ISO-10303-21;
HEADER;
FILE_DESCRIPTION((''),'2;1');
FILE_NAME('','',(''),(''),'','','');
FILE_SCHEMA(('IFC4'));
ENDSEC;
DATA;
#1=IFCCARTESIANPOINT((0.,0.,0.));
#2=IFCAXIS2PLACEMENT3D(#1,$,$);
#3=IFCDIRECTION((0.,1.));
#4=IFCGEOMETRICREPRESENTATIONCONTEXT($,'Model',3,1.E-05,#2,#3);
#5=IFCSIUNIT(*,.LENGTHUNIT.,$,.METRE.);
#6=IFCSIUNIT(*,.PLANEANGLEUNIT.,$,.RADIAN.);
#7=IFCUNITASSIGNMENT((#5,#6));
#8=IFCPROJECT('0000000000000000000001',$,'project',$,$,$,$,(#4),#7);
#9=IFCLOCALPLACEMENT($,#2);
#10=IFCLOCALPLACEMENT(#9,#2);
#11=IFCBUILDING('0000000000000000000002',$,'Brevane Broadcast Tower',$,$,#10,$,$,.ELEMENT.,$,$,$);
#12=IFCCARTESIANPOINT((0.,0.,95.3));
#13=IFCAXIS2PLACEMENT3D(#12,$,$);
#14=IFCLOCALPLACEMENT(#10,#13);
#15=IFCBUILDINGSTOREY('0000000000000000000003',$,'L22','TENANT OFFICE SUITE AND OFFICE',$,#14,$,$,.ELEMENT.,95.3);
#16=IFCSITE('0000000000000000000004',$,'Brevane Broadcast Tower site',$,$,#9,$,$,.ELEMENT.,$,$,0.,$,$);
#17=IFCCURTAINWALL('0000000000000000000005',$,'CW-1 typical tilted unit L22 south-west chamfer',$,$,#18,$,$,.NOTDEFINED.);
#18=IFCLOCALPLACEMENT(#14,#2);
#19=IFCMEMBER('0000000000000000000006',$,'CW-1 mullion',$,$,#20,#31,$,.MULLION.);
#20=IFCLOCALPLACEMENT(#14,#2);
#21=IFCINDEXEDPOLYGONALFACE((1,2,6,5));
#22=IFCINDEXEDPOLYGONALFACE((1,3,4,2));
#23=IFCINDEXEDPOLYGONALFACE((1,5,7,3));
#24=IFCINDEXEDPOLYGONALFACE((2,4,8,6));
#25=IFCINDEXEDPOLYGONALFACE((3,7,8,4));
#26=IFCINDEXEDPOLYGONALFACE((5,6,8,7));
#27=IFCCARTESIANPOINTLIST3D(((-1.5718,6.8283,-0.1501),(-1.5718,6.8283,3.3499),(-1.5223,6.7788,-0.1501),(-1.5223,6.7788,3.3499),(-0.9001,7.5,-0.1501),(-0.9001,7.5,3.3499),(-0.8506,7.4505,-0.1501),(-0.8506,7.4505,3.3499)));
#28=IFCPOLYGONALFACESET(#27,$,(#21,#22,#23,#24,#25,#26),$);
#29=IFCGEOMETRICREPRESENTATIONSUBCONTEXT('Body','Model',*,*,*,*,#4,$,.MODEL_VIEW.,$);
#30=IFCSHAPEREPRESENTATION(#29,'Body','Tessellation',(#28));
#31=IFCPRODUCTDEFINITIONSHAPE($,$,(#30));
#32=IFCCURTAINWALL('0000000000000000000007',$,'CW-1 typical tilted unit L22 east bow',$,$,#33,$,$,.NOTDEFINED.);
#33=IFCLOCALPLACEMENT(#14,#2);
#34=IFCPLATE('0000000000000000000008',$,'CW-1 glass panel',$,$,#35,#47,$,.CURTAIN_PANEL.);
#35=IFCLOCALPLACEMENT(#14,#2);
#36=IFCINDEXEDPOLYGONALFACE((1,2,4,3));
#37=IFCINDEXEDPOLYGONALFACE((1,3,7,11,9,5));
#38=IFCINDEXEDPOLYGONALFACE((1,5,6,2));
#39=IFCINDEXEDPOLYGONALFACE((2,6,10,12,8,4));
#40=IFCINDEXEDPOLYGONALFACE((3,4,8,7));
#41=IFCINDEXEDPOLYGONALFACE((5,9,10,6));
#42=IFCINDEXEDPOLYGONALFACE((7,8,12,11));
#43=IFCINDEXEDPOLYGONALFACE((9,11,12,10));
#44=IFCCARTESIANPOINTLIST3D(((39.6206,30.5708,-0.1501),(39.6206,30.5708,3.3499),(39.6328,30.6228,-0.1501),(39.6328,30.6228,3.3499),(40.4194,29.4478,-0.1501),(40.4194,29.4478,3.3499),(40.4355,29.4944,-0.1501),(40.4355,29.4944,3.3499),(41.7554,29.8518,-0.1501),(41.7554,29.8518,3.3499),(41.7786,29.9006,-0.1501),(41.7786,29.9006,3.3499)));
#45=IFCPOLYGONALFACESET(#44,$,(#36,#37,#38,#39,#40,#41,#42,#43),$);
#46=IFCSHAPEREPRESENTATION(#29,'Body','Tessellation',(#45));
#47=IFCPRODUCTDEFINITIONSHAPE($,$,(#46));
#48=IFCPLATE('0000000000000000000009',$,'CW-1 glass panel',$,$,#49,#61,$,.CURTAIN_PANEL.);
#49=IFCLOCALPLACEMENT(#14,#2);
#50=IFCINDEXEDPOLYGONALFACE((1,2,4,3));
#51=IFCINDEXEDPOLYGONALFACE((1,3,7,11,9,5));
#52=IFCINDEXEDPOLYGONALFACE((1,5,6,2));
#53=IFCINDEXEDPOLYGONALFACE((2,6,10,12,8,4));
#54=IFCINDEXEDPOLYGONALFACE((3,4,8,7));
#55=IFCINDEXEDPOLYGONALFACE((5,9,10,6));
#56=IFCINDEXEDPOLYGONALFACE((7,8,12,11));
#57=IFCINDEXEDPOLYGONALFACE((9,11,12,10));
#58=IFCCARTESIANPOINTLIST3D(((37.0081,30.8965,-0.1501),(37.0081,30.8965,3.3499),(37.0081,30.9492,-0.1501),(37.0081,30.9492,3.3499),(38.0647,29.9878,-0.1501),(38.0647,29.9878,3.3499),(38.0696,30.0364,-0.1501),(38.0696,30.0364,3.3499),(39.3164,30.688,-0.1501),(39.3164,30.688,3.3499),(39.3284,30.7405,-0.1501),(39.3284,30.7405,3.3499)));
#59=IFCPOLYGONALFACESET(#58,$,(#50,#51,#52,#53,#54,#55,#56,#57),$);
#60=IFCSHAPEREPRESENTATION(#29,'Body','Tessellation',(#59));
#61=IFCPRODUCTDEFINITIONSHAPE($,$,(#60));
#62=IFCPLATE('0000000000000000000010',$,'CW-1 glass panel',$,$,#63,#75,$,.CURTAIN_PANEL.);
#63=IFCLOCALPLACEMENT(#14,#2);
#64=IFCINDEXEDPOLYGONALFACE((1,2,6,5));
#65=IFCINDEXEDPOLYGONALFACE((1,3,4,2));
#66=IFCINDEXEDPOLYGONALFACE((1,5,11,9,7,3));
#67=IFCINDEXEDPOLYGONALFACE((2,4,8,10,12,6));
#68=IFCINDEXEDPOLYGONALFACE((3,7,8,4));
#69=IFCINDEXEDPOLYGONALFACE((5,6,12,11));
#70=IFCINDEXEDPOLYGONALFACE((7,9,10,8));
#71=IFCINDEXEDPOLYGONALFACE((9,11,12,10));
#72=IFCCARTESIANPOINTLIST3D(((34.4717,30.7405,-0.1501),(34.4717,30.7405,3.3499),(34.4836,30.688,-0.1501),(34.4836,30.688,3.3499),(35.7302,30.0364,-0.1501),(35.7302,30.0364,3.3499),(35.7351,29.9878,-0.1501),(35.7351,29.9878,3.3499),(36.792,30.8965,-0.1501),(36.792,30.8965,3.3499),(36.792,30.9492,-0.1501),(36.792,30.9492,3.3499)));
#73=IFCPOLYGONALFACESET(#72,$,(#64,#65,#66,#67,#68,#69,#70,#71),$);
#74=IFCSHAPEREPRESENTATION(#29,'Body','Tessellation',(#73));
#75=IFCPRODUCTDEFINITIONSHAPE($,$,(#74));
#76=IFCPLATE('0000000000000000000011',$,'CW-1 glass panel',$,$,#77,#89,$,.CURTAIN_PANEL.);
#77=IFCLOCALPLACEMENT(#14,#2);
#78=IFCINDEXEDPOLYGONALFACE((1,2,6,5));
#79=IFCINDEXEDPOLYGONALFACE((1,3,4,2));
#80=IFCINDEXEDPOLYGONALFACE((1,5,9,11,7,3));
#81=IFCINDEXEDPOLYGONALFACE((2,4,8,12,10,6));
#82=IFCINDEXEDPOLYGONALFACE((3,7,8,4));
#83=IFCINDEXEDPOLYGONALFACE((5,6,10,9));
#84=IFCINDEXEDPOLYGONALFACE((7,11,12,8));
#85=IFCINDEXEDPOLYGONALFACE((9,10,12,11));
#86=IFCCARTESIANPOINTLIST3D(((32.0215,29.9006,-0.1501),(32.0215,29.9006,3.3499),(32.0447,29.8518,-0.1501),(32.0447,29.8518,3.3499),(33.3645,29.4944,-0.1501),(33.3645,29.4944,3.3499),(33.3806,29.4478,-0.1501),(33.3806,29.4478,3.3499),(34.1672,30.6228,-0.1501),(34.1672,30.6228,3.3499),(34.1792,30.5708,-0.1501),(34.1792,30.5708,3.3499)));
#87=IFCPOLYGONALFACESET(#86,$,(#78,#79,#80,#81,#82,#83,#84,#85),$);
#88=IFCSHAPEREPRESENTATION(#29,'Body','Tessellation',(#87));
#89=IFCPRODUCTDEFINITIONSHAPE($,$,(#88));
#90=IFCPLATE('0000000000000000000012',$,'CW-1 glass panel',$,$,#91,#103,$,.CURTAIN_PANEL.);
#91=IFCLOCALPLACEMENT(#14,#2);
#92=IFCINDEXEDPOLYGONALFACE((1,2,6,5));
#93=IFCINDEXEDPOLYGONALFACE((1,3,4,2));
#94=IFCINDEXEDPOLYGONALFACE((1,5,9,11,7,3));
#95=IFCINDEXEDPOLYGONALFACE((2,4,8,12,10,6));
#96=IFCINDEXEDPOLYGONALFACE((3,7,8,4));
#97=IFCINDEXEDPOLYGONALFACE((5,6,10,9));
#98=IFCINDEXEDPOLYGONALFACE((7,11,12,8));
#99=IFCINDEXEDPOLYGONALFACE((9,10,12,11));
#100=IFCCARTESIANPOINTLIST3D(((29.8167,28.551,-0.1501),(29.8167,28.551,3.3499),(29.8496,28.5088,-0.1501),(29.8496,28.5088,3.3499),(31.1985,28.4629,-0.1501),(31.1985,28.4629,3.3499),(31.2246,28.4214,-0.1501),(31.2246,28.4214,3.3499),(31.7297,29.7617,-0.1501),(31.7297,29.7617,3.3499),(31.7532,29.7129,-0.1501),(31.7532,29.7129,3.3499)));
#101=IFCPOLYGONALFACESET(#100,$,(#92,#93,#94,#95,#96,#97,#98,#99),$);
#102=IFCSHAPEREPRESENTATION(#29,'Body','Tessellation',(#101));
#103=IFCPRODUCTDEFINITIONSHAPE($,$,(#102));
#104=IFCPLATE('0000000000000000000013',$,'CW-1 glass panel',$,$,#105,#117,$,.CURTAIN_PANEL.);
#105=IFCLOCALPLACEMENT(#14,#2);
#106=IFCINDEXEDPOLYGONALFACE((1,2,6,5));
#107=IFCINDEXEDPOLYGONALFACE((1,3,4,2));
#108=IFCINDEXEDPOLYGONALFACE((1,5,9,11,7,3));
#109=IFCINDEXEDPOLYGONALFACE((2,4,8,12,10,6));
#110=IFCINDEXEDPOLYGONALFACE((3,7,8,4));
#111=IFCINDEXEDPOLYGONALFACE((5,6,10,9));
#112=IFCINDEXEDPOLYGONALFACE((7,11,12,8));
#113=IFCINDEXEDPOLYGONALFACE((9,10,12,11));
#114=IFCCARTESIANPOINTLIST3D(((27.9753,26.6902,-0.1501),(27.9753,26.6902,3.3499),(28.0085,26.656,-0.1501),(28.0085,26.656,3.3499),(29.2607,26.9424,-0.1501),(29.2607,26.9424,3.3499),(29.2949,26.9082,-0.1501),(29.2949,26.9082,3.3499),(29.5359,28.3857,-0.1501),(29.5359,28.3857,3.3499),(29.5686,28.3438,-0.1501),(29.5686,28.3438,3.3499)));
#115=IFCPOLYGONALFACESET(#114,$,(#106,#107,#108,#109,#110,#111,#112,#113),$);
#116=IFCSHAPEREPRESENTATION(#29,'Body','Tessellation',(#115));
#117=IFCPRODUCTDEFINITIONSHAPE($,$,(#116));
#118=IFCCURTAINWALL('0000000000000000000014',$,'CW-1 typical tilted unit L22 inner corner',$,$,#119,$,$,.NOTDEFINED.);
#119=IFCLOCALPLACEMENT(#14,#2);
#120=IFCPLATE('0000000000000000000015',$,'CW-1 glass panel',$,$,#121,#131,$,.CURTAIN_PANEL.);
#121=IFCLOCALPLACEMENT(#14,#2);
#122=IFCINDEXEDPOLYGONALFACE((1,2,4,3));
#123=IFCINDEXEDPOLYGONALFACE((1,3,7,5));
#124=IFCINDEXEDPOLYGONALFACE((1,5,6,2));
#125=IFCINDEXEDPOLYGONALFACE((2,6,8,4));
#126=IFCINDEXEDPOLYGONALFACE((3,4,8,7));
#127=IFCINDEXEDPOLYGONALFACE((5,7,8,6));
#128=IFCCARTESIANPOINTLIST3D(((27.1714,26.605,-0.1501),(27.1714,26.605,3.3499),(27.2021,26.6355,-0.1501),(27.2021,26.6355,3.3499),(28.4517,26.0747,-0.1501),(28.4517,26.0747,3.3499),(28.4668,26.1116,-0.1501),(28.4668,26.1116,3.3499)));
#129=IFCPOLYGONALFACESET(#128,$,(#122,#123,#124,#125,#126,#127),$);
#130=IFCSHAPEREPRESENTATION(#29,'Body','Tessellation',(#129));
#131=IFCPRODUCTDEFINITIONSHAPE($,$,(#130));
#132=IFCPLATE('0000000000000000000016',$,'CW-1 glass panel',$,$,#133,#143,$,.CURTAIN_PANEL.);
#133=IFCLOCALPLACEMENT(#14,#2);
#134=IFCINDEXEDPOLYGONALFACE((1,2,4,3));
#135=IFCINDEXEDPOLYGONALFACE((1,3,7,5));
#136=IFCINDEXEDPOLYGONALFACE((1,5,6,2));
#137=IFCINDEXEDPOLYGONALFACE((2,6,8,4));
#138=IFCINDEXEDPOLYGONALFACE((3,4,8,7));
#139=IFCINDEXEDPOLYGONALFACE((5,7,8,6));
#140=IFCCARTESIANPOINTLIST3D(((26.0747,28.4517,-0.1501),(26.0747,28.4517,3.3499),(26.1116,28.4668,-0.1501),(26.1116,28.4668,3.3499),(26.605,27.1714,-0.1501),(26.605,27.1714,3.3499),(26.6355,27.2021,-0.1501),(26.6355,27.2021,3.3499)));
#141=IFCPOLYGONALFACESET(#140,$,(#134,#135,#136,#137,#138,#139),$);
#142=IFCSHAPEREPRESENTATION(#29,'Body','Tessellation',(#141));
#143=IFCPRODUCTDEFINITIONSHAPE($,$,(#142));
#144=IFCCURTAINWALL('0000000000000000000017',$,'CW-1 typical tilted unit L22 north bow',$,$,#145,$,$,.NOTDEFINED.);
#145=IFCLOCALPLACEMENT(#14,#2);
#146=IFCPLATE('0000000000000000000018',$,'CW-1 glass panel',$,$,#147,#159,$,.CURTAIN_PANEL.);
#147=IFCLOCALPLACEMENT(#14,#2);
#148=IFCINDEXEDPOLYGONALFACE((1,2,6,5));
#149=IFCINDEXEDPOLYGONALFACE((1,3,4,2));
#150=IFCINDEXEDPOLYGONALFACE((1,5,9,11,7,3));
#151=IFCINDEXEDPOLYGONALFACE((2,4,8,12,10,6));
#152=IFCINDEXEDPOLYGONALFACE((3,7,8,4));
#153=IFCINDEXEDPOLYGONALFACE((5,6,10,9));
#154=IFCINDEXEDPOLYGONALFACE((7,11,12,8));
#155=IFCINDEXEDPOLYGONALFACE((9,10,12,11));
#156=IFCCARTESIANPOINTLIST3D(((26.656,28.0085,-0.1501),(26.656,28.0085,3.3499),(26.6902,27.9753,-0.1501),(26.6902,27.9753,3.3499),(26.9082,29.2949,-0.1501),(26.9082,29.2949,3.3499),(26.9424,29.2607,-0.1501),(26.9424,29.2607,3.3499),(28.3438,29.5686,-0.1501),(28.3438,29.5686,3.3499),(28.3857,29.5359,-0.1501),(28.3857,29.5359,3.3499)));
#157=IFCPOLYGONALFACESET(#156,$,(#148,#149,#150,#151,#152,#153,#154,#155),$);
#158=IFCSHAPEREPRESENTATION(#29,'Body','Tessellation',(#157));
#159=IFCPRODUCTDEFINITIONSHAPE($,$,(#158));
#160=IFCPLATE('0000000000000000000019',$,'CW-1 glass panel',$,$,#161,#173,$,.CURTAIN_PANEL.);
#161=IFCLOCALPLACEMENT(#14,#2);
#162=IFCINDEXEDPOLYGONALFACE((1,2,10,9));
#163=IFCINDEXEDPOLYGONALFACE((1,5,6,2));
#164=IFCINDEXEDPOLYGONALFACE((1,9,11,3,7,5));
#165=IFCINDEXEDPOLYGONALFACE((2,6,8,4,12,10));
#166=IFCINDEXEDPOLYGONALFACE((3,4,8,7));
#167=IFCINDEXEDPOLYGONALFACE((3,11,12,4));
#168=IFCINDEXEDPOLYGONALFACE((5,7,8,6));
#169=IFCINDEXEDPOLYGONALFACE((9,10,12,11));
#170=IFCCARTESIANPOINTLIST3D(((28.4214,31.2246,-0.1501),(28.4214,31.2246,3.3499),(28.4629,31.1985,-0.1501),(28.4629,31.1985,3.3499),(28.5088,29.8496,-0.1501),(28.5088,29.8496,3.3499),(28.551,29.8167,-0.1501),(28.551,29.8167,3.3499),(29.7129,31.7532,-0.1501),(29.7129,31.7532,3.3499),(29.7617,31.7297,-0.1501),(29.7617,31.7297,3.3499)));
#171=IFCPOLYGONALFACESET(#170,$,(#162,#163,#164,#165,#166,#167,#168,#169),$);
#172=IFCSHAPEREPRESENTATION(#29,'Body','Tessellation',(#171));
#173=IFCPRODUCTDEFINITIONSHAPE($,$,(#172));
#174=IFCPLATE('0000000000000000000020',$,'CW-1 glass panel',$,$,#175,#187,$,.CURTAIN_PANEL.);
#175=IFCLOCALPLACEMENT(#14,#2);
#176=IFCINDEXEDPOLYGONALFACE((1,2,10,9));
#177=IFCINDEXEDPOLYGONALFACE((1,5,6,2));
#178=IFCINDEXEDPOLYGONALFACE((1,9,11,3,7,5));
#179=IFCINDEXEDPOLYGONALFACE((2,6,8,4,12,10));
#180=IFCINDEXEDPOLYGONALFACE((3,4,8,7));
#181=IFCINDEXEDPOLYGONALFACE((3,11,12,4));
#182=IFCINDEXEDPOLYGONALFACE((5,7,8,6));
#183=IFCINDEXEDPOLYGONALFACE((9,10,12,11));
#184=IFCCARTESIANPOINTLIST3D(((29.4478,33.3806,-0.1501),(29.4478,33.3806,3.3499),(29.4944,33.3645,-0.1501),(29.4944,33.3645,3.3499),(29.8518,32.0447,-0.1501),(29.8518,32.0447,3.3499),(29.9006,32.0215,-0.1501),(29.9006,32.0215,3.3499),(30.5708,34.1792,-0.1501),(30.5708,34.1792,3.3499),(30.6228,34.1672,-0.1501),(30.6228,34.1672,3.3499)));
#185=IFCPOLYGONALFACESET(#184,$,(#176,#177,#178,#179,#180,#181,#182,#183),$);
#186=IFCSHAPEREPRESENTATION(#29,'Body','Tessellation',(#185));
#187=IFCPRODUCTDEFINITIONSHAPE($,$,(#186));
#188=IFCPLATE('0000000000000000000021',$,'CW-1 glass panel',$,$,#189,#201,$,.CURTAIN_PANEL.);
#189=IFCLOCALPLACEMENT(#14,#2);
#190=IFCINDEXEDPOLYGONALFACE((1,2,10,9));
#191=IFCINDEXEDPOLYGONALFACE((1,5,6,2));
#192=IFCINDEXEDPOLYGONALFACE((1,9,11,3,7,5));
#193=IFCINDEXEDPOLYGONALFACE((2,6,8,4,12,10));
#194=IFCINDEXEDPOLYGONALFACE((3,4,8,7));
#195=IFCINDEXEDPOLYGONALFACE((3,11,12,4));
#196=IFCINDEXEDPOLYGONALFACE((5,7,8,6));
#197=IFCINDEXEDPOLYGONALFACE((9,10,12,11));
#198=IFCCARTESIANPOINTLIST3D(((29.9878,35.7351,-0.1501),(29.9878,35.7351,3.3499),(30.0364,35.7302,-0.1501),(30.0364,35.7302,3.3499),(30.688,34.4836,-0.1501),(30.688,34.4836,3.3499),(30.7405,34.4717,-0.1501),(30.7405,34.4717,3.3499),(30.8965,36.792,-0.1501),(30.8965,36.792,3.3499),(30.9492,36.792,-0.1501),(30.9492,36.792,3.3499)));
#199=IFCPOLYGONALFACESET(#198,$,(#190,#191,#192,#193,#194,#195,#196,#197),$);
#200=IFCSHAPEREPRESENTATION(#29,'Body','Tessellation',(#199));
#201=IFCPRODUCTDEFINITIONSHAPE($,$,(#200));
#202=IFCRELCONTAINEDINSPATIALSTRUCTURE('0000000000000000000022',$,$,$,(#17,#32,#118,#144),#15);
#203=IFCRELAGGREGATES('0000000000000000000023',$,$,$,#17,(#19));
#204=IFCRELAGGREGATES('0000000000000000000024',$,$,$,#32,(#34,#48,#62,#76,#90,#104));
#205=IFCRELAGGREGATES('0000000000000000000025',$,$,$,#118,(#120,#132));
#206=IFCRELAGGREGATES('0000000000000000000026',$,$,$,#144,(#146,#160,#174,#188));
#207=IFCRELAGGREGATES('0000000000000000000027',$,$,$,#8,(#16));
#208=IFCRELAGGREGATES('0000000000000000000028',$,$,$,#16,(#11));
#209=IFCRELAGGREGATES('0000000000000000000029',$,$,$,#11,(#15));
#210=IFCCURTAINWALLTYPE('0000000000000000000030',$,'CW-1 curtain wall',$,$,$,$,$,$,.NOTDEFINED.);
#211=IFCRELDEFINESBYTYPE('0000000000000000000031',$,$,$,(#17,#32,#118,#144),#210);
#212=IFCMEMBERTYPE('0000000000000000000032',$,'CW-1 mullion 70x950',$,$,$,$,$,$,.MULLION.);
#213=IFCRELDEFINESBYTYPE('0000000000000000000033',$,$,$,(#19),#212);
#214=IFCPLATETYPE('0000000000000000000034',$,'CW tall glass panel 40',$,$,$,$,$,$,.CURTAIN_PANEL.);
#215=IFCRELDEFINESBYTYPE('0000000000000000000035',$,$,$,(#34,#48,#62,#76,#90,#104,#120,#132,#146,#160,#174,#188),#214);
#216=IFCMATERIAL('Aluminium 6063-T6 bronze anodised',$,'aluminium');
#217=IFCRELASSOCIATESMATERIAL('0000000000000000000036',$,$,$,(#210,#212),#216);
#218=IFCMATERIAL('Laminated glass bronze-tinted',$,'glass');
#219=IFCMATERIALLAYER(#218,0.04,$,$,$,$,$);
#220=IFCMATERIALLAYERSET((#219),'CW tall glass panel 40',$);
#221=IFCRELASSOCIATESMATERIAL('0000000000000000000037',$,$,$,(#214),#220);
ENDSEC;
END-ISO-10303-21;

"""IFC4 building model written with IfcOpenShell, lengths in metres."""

from ifc_helpers import new_model, si_unit, direction, frame, origin, origin_2d, place, context, subcontext, project, spatial, polyline, rectangle, outline, extrude, material, layer, layer_set, material_profile, profile_set, type_object, element, aggregate, save


model = new_model("IFC4")

# Units and contexts
model_context = context("Model", 3, precision=1e-05, world=origin(), true_north=direction((0.0, 1.0)))
body_context = subcontext(model_context, "Body", "Model", "MODEL_VIEW")
ifc_project = project(units=[si_unit("LENGTHUNIT", "METRE"), si_unit("PLANEANGLEUNIT", "RADIAN")], contexts=[model_context])

# Site, building, storey
site_placement = place(None, origin())
site = spatial("IfcSite", under=ifc_project, at=site_placement, Name="Brevane Broadcast Tower site", CompositionType="ELEMENT", RefElevation=0.0)
building_placement = place(site_placement, origin())
building = spatial("IfcBuilding", under=site, at=building_placement, Name="Brevane Broadcast Tower", CompositionType="ELEMENT")
storey_placement = place(building_placement, frame((0.0, 0.0, 95.3)))
storey = spatial("IfcBuildingStorey", under=building, at=storey_placement, Name="L22", Description="TENANT OFFICE SUITE AND OFFICE", CompositionType="ELEMENT", Elevation=95.3)

# Curtain wall, member
ifc_material_1 = material(Name="Aluminium 6063-T6 bronze anodised", Category="aluminium")
curtain_wall_type = type_object("IfcCurtainWallType", Name="CW-1 curtain wall", PredefinedType="NOTDEFINED", material=ifc_material_1)
curtain_wall_1_placement = place(storey_placement, origin())
curtain_wall_1 = element("IfcCurtainWall", 1, at=curtain_wall_1_placement, inside=storey, type_object=curtain_wall_type, Name="CW-1 typical tilted unit L22 south-west chamfer", PredefinedType="NOTDEFINED")
ifc_material_profile = material_profile(ifc_material_1, rectangle(XDim=0.95, YDim=0.0701, at=origin_2d()), Name="RECT 70x950")
ifc_profile_set = profile_set([ifc_material_profile], Name="Aluminium 6063-T6 bronze anodised")
member_type = type_object("IfcMemberType", Name="CW-1 mullion 70x950", PredefinedType="MULLION", material=ifc_profile_set)
member_placement = place(storey_placement, frame((-1.2112, 7.1394, -0.1501), z_axis=(0.0, 0.0, 1.0), x_axis=(0.707107, 0.707107, 0.0)))
member = element("IfcMember", 2, at=member_placement, type_object=member_type, Name="CW-1 mullion", PredefinedType="MULLION", context=body_context, shape_type="SweptSolid", body=[
    extrude(rectangle(XDim=0.95, YDim=0.0701, at=origin_2d()), origin(), (0.0, 0.0, 1.0), 3.5),
])
aggregate(curtain_wall_1, [member])

# Curtain walls, plates
curtain_wall_2_placement = place(storey_placement, origin())
curtain_wall_2 = element("IfcCurtainWall", 3, at=curtain_wall_2_placement, inside=storey, type_object=curtain_wall_type, Name="CW-1 typical tilted unit L22 east bow", PredefinedType="NOTDEFINED")
ifc_material_2 = material(Name="Laminated glass bronze-tinted", Category="glass")
ifc_layer = layer(ifc_material_2, 0.04)
ifc_layer_set = layer_set([ifc_layer], Name="CW tall glass panel 40")
plate_type = type_object("IfcPlateType", Name="CW tall glass panel 40", PredefinedType="CURTAIN_PANEL", material=ifc_layer_set)
plate_1_placement = place(storey_placement, frame((0.0, 0.0, -0.1501)))
plate_1 = element("IfcPlate", 4, at=plate_1_placement, type_object=plate_type, Name="CW-1 glass panel", PredefinedType="CURTAIN_PANEL", context=body_context, shape_type="SweptSolid", body=[
    extrude(outline(polyline([(41.7554, 29.8518), (41.7786, 29.9006), (40.4355, 29.4944), (39.6328, 30.6228), (39.6206, 30.5708), (40.4194, 29.4478), (41.7554, 29.8518)])), origin(), (0.0, 0.0, 1.0), 3.5),
])
plate_2_placement = place(storey_placement, frame((0.0, 0.0, -0.1501)))
plate_2 = element("IfcPlate", 5, at=plate_2_placement, type_object=plate_type, Name="CW-1 glass panel", PredefinedType="CURTAIN_PANEL", context=body_context, shape_type="SweptSolid", body=[
    extrude(outline(polyline([(39.3164, 30.688), (39.3284, 30.7405), (38.0696, 30.0364), (37.0081, 30.9492), (37.0081, 30.8965), (38.0647, 29.9878), (39.3164, 30.688)])), origin(), (0.0, 0.0, 1.0), 3.5),
])
plate_3_placement = place(storey_placement, frame((0.0, 0.0, -0.1501)))
plate_3 = element("IfcPlate", 6, at=plate_3_placement, type_object=plate_type, Name="CW-1 glass panel", PredefinedType="CURTAIN_PANEL", context=body_context, shape_type="SweptSolid", body=[
    extrude(outline(polyline([(36.792, 30.8965), (36.792, 30.9492), (35.7302, 30.0364), (34.4717, 30.7405), (34.4836, 30.688), (35.7351, 29.9878), (36.792, 30.8965)])), origin(), (0.0, 0.0, 1.0), 3.5),
])
plate_4_placement = place(storey_placement, frame((0.0, 0.0, -0.1501)))
plate_4 = element("IfcPlate", 7, at=plate_4_placement, type_object=plate_type, Name="CW-1 glass panel", PredefinedType="CURTAIN_PANEL", context=body_context, shape_type="SweptSolid", body=[
    extrude(outline(polyline([(34.1792, 30.5708), (34.1672, 30.6228), (33.3645, 29.4944), (32.0215, 29.9006), (32.0447, 29.8518), (33.3806, 29.4478), (34.1792, 30.5708)])), origin(), (0.0, 0.0, 1.0), 3.5),
])
plate_5_placement = place(storey_placement, frame((0.0, 0.0, -0.1501)))
plate_5 = element("IfcPlate", 8, at=plate_5_placement, type_object=plate_type, Name="CW-1 glass panel", PredefinedType="CURTAIN_PANEL", context=body_context, shape_type="SweptSolid", body=[
    extrude(outline(polyline([(31.7532, 29.7129), (31.7297, 29.7617), (31.1985, 28.4629), (29.8167, 28.551), (29.8496, 28.5088), (31.2246, 28.4214), (31.7532, 29.7129)])), origin(), (0.0, 0.0, 1.0), 3.5),
])
plate_6_placement = place(storey_placement, frame((0.0, 0.0, -0.1501)))
plate_6 = element("IfcPlate", 9, at=plate_6_placement, type_object=plate_type, Name="CW-1 glass panel", PredefinedType="CURTAIN_PANEL", context=body_context, shape_type="SweptSolid", body=[
    extrude(outline(polyline([(29.5686, 28.3438), (29.5359, 28.3857), (29.2607, 26.9424), (27.9753, 26.6902), (28.0085, 26.656), (29.2949, 26.9082), (29.5686, 28.3438)])), origin(), (0.0, 0.0, 1.0), 3.5),
])
aggregate(curtain_wall_2, [plate_1, plate_2, plate_3, plate_4, plate_5, plate_6])
curtain_wall_3_placement = place(storey_placement, origin())
curtain_wall_3 = element("IfcCurtainWall", 10, at=curtain_wall_3_placement, inside=storey, type_object=curtain_wall_type, Name="CW-1 typical tilted unit L22 inner corner", PredefinedType="NOTDEFINED")
plate_7_placement = place(storey_placement, frame((0.0, 0.0, -0.1501)))
plate_7 = element("IfcPlate", 11, at=plate_7_placement, type_object=plate_type, Name="CW-1 glass panel", PredefinedType="CURTAIN_PANEL", context=body_context, shape_type="SweptSolid", body=[
    extrude(outline(polyline([(28.4517, 26.0747), (28.4668, 26.1116), (27.2021, 26.6355), (27.1714, 26.605), (28.4517, 26.0747)])), origin(), (0.0, 0.0, 1.0), 3.5),
])
plate_8_placement = place(storey_placement, frame((0.0, 0.0, -0.1501)))
plate_8 = element("IfcPlate", 12, at=plate_8_placement, type_object=plate_type, Name="CW-1 glass panel", PredefinedType="CURTAIN_PANEL", context=body_context, shape_type="SweptSolid", body=[
    extrude(outline(polyline([(26.605, 27.1714), (26.6355, 27.2021), (26.1116, 28.4668), (26.0747, 28.4517), (26.605, 27.1714)])), origin(), (0.0, 0.0, 1.0), 3.5),
])
aggregate(curtain_wall_3, [plate_7, plate_8])
curtain_wall_4_placement = place(storey_placement, origin())
curtain_wall_4 = element("IfcCurtainWall", 13, at=curtain_wall_4_placement, inside=storey, type_object=curtain_wall_type, Name="CW-1 typical tilted unit L22 north bow", PredefinedType="NOTDEFINED")
plate_9_placement = place(storey_placement, frame((0.0, 0.0, -0.1501)))
plate_9 = element("IfcPlate", 14, at=plate_9_placement, type_object=plate_type, Name="CW-1 glass panel", PredefinedType="CURTAIN_PANEL", context=body_context, shape_type="SweptSolid", body=[
    extrude(outline(polyline([(26.656, 28.0085), (26.6902, 27.9753), (26.9424, 29.2607), (28.3857, 29.5359), (28.3438, 29.5686), (26.9082, 29.2949), (26.656, 28.0085)])), origin(), (0.0, 0.0, 1.0), 3.5),
])
plate_10_placement = place(storey_placement, frame((0.0, 0.0, -0.1501)))
plate_10 = element("IfcPlate", 15, at=plate_10_placement, type_object=plate_type, Name="CW-1 glass panel", PredefinedType="CURTAIN_PANEL", context=body_context, shape_type="SweptSolid", body=[
    extrude(outline(polyline([(28.5088, 29.8496), (28.551, 29.8167), (28.4629, 31.1985), (29.7617, 31.7297), (29.7129, 31.7532), (28.4214, 31.2246), (28.5088, 29.8496)])), origin(), (0.0, 0.0, 1.0), 3.5),
])
plate_11_placement = place(storey_placement, frame((0.0, 0.0, -0.1501)))
plate_11 = element("IfcPlate", 16, at=plate_11_placement, type_object=plate_type, Name="CW-1 glass panel", PredefinedType="CURTAIN_PANEL", context=body_context, shape_type="SweptSolid", body=[
    extrude(outline(polyline([(29.8518, 32.0447), (29.9006, 32.0215), (29.4944, 33.3645), (30.6228, 34.1672), (30.5708, 34.1792), (29.4478, 33.3806), (29.8518, 32.0447)])), origin(), (0.0, 0.0, 1.0), 3.5),
])
plate_12_placement = place(storey_placement, frame((0.0, 0.0, -0.1501)))
plate_12 = element("IfcPlate", 17, at=plate_12_placement, type_object=plate_type, Name="CW-1 glass panel", PredefinedType="CURTAIN_PANEL", context=body_context, shape_type="SweptSolid", body=[
    extrude(outline(polyline([(30.688, 34.4836), (30.7405, 34.4717), (30.0364, 35.7302), (30.9492, 36.792), (30.8965, 36.792), (29.9878, 35.7351), (30.688, 34.4836)])), origin(), (0.0, 0.0, 1.0), 3.5),
])
aggregate(curtain_wall_4, [plate_9, plate_10, plate_11, plate_12])

save(model, "model.ifc")
